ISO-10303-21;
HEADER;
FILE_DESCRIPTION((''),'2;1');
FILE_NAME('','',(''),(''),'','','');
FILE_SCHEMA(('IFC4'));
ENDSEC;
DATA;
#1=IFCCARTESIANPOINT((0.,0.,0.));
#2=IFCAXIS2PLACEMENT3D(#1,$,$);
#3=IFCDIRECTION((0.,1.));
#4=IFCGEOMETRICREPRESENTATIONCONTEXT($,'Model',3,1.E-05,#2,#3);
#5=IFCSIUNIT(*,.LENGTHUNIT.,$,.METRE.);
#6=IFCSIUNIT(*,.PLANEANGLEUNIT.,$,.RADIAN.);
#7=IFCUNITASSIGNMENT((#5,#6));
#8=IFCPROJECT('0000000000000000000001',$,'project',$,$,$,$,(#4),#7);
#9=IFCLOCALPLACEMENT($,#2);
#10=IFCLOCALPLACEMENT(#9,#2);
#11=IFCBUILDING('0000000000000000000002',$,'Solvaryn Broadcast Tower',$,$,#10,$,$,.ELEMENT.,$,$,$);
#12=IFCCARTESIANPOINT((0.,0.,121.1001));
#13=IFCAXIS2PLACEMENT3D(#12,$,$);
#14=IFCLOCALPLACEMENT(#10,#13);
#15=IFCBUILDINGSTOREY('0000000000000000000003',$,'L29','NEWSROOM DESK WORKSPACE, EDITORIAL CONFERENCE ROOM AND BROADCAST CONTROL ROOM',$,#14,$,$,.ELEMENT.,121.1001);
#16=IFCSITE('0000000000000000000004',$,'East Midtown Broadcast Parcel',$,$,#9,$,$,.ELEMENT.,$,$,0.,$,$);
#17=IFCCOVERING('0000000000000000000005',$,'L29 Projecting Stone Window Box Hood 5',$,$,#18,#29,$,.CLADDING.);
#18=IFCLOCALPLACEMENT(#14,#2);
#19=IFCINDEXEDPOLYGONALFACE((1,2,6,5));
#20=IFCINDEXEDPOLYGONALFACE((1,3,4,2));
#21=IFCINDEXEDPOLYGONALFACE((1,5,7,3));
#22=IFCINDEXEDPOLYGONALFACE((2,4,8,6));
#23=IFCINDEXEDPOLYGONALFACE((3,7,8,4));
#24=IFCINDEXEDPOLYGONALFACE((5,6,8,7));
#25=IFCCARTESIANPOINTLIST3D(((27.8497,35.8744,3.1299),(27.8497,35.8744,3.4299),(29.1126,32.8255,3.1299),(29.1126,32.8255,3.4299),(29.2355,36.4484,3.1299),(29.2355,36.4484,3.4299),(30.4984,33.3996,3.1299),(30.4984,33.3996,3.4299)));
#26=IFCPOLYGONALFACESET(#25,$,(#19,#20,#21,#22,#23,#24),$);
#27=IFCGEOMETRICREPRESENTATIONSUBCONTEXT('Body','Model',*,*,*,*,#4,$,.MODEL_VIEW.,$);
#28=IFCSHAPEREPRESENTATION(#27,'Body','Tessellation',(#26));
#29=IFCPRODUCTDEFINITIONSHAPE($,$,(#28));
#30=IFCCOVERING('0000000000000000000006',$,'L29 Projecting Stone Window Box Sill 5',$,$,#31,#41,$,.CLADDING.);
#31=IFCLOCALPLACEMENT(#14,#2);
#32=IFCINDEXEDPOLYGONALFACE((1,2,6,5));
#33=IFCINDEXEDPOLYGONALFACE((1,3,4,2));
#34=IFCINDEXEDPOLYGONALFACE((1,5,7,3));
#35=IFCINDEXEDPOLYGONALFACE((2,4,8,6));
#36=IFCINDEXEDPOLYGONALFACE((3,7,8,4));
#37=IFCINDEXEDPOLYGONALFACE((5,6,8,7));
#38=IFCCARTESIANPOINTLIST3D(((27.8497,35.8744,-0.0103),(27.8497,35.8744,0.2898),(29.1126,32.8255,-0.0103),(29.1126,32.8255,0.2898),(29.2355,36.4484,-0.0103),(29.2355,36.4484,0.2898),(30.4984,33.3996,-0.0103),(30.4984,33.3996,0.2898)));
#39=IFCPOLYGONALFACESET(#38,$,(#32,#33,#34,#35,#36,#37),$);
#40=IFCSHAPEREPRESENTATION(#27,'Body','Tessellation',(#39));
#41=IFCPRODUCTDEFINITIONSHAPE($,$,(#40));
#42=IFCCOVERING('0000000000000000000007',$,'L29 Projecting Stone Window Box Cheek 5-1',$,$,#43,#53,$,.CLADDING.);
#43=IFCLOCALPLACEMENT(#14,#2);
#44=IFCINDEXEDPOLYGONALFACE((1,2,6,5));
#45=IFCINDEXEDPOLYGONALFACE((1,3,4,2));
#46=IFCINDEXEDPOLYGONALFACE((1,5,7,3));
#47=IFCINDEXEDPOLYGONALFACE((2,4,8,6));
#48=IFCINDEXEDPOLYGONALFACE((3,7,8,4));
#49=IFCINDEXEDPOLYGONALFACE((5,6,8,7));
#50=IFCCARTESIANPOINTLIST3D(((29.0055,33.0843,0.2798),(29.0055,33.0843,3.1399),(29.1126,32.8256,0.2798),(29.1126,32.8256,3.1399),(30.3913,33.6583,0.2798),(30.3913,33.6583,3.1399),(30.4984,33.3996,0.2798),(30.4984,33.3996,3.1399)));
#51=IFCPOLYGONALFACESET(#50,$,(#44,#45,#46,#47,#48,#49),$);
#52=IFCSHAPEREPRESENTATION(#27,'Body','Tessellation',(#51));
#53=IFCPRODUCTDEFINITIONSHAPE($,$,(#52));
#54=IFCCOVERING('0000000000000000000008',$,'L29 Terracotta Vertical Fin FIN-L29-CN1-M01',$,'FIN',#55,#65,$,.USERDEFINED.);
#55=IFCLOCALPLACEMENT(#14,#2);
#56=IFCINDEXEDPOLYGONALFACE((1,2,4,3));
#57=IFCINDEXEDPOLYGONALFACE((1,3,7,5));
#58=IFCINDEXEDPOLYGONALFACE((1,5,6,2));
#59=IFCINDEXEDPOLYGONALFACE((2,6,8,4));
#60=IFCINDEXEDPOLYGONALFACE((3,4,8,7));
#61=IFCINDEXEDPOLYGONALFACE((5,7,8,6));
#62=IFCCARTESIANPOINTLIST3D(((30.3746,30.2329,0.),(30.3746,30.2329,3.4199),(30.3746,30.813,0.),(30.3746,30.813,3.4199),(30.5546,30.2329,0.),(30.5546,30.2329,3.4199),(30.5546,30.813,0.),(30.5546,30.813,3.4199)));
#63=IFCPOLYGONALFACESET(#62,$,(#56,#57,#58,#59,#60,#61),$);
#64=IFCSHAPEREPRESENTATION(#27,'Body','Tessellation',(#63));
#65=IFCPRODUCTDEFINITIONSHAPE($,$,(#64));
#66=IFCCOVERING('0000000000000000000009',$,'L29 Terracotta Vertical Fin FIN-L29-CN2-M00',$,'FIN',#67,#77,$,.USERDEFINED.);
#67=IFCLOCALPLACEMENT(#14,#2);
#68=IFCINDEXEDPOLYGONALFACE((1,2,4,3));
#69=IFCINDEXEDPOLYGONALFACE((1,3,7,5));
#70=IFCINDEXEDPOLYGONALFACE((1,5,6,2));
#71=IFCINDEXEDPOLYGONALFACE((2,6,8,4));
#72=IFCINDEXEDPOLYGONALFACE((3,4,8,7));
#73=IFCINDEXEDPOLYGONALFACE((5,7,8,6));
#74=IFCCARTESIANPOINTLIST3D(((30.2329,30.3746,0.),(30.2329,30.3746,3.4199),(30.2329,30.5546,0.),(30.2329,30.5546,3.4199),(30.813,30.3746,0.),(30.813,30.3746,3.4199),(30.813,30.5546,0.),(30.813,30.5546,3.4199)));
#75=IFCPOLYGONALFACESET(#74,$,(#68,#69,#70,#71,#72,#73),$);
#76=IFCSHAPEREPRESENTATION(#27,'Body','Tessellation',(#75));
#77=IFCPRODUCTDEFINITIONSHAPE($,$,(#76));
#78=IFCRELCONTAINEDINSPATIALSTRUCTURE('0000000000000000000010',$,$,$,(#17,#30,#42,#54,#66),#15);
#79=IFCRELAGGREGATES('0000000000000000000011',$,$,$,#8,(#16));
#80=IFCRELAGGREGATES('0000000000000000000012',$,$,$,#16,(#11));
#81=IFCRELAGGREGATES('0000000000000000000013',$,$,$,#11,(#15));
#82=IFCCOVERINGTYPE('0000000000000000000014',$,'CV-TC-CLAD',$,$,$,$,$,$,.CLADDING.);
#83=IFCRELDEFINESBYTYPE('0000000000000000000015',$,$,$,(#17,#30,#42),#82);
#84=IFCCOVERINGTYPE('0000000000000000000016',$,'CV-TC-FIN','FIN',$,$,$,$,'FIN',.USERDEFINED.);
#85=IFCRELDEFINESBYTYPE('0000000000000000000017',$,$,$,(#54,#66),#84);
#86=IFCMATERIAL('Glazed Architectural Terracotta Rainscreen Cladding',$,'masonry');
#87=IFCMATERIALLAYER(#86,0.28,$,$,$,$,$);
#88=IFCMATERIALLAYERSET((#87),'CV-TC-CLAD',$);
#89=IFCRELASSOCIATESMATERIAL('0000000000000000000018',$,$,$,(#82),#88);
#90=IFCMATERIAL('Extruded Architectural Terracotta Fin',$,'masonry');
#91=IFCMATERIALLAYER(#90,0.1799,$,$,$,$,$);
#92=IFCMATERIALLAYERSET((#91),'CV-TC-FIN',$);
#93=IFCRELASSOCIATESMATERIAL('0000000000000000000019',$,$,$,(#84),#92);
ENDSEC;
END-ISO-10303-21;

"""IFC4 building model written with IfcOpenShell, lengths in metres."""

from ifc_helpers import new_model, si_unit, direction, frame, origin, origin_2d, place, context, subcontext, project, spatial, rectangle, extrude, material, layer, layer_set, type_object, element, save


model = new_model("IFC4")

# Units and contexts
model_context = context("Model", 3, precision=1e-05, world=origin(), true_north=direction((0.0, 1.0)))
body_context = subcontext(model_context, "Body", "Model", "MODEL_VIEW")
ifc_project = project(units=[si_unit("LENGTHUNIT", "METRE"), si_unit("PLANEANGLEUNIT", "RADIAN")], contexts=[model_context])

# Site, building, storey
site_placement = place(None, origin())
site = spatial("IfcSite", under=ifc_project, at=site_placement, Name="East Midtown Broadcast Parcel", CompositionType="ELEMENT", RefElevation=0.0)
building_placement = place(site_placement, origin())
building = spatial("IfcBuilding", under=site, at=building_placement, Name="Solvaryn Broadcast Tower", CompositionType="ELEMENT")
storey_placement = place(building_placement, frame((0.0, 0.0, 121.1001)))
storey = spatial("IfcBuildingStorey", under=building, at=storey_placement, Name="L29", Description="NEWSROOM DESK WORKSPACE, EDITORIAL CONFERENCE ROOM AND BROADCAST CONTROL ROOM", CompositionType="ELEMENT", Elevation=121.1001)

# Coverings
ifc_material_1 = material(Name="Glazed Architectural Terracotta Rainscreen Cladding", Category="masonry")
ifc_layer_1 = layer(ifc_material_1, 0.28)
ifc_layer_set_1 = layer_set([ifc_layer_1], Name="CV-TC-CLAD")
covering_type_1 = type_object("IfcCoveringType", Name="CV-TC-CLAD", PredefinedType="CLADDING", material=ifc_layer_set_1)
for number, where, z_axis, x_axis, name in (
    (1, (29.1741, 34.637, 3.1299), (0.0, 0.0, 1.0), (-0.382683, 0.92388, 0.0), "L29 Projecting Stone Window Box Hood 5"),
    (2, (29.1741, 34.637, -0.0103), (0.0, 0.0, 1.0), (-0.382683, 0.92388, 0.0), "L29 Projecting Stone Window Box Sill 5"),
):
    element("IfcCovering", number, at=place(storey_placement, frame(where, z_axis=z_axis, x_axis=x_axis)), inside=storey, type_object=covering_type_1, Name=name, PredefinedType="CLADDING", context=body_context, shape_type="SweptSolid", body=[
        extrude(rectangle(XDim=3.3, YDim=1.5, at=origin_2d()), origin(), (0.0, 0.0, 1.0), 0.3),
    ])
covering_1_placement = place(storey_placement, frame((29.752, 33.2419, 0.2798), z_axis=(0.0, 0.0, 1.0), x_axis=(-0.382683, 0.92388, 0.0)))
element("IfcCovering", 3, at=covering_1_placement, inside=storey, type_object=covering_type_1, Name="L29 Projecting Stone Window Box Cheek 5-1", PredefinedType="CLADDING", context=body_context, shape_type="SweptSolid", body=[
    extrude(rectangle(XDim=0.28, YDim=1.5, at=origin_2d()), origin(), (0.0, 0.0, 1.0), 2.8601),
])
ifc_material_2 = material(Name="Extruded Architectural Terracotta Fin", Category="masonry")
ifc_layer_2 = layer(ifc_material_2, 0.1799)
ifc_layer_set_2 = layer_set([ifc_layer_2], Name="CV-TC-FIN")
covering_type_2 = type_object("IfcCoveringType", Name="CV-TC-FIN", Description="FIN", ElementType="FIN", PredefinedType="USERDEFINED", material=ifc_layer_set_2)
covering_2_placement = place(storey_placement, frame((30.4646, 30.5229, 0.0), z_axis=(0.0, 0.0, 1.0), x_axis=(1.0, 0.0, 0.0)))
element("IfcCovering", 4, at=covering_2_placement, inside=storey, type_object=covering_type_2, Name="L29 Terracotta Vertical Fin FIN-L29-CN1-M01", ObjectType="FIN", PredefinedType="USERDEFINED", context=body_context, shape_type="SweptSolid", body=[
    extrude(rectangle(XDim=0.1799, YDim=0.5801, at=origin_2d()), origin(), (0.0, 0.0, 1.0), 3.4199),
])
covering_3_placement = place(storey_placement, frame((30.5229, 30.4646, 0.0), z_axis=(0.0, 0.0, 1.0), x_axis=(1.0, 0.0, 0.0)))
element("IfcCovering", 5, at=covering_3_placement, inside=storey, type_object=covering_type_2, Name="L29 Terracotta Vertical Fin FIN-L29-CN2-M00", ObjectType="FIN", PredefinedType="USERDEFINED", context=body_context, shape_type="SweptSolid", body=[
    extrude(rectangle(XDim=0.5801, YDim=0.1799, at=origin_2d()), origin(), (0.0, 0.0, 1.0), 3.4199),
])

save(model, "model.ifc")
